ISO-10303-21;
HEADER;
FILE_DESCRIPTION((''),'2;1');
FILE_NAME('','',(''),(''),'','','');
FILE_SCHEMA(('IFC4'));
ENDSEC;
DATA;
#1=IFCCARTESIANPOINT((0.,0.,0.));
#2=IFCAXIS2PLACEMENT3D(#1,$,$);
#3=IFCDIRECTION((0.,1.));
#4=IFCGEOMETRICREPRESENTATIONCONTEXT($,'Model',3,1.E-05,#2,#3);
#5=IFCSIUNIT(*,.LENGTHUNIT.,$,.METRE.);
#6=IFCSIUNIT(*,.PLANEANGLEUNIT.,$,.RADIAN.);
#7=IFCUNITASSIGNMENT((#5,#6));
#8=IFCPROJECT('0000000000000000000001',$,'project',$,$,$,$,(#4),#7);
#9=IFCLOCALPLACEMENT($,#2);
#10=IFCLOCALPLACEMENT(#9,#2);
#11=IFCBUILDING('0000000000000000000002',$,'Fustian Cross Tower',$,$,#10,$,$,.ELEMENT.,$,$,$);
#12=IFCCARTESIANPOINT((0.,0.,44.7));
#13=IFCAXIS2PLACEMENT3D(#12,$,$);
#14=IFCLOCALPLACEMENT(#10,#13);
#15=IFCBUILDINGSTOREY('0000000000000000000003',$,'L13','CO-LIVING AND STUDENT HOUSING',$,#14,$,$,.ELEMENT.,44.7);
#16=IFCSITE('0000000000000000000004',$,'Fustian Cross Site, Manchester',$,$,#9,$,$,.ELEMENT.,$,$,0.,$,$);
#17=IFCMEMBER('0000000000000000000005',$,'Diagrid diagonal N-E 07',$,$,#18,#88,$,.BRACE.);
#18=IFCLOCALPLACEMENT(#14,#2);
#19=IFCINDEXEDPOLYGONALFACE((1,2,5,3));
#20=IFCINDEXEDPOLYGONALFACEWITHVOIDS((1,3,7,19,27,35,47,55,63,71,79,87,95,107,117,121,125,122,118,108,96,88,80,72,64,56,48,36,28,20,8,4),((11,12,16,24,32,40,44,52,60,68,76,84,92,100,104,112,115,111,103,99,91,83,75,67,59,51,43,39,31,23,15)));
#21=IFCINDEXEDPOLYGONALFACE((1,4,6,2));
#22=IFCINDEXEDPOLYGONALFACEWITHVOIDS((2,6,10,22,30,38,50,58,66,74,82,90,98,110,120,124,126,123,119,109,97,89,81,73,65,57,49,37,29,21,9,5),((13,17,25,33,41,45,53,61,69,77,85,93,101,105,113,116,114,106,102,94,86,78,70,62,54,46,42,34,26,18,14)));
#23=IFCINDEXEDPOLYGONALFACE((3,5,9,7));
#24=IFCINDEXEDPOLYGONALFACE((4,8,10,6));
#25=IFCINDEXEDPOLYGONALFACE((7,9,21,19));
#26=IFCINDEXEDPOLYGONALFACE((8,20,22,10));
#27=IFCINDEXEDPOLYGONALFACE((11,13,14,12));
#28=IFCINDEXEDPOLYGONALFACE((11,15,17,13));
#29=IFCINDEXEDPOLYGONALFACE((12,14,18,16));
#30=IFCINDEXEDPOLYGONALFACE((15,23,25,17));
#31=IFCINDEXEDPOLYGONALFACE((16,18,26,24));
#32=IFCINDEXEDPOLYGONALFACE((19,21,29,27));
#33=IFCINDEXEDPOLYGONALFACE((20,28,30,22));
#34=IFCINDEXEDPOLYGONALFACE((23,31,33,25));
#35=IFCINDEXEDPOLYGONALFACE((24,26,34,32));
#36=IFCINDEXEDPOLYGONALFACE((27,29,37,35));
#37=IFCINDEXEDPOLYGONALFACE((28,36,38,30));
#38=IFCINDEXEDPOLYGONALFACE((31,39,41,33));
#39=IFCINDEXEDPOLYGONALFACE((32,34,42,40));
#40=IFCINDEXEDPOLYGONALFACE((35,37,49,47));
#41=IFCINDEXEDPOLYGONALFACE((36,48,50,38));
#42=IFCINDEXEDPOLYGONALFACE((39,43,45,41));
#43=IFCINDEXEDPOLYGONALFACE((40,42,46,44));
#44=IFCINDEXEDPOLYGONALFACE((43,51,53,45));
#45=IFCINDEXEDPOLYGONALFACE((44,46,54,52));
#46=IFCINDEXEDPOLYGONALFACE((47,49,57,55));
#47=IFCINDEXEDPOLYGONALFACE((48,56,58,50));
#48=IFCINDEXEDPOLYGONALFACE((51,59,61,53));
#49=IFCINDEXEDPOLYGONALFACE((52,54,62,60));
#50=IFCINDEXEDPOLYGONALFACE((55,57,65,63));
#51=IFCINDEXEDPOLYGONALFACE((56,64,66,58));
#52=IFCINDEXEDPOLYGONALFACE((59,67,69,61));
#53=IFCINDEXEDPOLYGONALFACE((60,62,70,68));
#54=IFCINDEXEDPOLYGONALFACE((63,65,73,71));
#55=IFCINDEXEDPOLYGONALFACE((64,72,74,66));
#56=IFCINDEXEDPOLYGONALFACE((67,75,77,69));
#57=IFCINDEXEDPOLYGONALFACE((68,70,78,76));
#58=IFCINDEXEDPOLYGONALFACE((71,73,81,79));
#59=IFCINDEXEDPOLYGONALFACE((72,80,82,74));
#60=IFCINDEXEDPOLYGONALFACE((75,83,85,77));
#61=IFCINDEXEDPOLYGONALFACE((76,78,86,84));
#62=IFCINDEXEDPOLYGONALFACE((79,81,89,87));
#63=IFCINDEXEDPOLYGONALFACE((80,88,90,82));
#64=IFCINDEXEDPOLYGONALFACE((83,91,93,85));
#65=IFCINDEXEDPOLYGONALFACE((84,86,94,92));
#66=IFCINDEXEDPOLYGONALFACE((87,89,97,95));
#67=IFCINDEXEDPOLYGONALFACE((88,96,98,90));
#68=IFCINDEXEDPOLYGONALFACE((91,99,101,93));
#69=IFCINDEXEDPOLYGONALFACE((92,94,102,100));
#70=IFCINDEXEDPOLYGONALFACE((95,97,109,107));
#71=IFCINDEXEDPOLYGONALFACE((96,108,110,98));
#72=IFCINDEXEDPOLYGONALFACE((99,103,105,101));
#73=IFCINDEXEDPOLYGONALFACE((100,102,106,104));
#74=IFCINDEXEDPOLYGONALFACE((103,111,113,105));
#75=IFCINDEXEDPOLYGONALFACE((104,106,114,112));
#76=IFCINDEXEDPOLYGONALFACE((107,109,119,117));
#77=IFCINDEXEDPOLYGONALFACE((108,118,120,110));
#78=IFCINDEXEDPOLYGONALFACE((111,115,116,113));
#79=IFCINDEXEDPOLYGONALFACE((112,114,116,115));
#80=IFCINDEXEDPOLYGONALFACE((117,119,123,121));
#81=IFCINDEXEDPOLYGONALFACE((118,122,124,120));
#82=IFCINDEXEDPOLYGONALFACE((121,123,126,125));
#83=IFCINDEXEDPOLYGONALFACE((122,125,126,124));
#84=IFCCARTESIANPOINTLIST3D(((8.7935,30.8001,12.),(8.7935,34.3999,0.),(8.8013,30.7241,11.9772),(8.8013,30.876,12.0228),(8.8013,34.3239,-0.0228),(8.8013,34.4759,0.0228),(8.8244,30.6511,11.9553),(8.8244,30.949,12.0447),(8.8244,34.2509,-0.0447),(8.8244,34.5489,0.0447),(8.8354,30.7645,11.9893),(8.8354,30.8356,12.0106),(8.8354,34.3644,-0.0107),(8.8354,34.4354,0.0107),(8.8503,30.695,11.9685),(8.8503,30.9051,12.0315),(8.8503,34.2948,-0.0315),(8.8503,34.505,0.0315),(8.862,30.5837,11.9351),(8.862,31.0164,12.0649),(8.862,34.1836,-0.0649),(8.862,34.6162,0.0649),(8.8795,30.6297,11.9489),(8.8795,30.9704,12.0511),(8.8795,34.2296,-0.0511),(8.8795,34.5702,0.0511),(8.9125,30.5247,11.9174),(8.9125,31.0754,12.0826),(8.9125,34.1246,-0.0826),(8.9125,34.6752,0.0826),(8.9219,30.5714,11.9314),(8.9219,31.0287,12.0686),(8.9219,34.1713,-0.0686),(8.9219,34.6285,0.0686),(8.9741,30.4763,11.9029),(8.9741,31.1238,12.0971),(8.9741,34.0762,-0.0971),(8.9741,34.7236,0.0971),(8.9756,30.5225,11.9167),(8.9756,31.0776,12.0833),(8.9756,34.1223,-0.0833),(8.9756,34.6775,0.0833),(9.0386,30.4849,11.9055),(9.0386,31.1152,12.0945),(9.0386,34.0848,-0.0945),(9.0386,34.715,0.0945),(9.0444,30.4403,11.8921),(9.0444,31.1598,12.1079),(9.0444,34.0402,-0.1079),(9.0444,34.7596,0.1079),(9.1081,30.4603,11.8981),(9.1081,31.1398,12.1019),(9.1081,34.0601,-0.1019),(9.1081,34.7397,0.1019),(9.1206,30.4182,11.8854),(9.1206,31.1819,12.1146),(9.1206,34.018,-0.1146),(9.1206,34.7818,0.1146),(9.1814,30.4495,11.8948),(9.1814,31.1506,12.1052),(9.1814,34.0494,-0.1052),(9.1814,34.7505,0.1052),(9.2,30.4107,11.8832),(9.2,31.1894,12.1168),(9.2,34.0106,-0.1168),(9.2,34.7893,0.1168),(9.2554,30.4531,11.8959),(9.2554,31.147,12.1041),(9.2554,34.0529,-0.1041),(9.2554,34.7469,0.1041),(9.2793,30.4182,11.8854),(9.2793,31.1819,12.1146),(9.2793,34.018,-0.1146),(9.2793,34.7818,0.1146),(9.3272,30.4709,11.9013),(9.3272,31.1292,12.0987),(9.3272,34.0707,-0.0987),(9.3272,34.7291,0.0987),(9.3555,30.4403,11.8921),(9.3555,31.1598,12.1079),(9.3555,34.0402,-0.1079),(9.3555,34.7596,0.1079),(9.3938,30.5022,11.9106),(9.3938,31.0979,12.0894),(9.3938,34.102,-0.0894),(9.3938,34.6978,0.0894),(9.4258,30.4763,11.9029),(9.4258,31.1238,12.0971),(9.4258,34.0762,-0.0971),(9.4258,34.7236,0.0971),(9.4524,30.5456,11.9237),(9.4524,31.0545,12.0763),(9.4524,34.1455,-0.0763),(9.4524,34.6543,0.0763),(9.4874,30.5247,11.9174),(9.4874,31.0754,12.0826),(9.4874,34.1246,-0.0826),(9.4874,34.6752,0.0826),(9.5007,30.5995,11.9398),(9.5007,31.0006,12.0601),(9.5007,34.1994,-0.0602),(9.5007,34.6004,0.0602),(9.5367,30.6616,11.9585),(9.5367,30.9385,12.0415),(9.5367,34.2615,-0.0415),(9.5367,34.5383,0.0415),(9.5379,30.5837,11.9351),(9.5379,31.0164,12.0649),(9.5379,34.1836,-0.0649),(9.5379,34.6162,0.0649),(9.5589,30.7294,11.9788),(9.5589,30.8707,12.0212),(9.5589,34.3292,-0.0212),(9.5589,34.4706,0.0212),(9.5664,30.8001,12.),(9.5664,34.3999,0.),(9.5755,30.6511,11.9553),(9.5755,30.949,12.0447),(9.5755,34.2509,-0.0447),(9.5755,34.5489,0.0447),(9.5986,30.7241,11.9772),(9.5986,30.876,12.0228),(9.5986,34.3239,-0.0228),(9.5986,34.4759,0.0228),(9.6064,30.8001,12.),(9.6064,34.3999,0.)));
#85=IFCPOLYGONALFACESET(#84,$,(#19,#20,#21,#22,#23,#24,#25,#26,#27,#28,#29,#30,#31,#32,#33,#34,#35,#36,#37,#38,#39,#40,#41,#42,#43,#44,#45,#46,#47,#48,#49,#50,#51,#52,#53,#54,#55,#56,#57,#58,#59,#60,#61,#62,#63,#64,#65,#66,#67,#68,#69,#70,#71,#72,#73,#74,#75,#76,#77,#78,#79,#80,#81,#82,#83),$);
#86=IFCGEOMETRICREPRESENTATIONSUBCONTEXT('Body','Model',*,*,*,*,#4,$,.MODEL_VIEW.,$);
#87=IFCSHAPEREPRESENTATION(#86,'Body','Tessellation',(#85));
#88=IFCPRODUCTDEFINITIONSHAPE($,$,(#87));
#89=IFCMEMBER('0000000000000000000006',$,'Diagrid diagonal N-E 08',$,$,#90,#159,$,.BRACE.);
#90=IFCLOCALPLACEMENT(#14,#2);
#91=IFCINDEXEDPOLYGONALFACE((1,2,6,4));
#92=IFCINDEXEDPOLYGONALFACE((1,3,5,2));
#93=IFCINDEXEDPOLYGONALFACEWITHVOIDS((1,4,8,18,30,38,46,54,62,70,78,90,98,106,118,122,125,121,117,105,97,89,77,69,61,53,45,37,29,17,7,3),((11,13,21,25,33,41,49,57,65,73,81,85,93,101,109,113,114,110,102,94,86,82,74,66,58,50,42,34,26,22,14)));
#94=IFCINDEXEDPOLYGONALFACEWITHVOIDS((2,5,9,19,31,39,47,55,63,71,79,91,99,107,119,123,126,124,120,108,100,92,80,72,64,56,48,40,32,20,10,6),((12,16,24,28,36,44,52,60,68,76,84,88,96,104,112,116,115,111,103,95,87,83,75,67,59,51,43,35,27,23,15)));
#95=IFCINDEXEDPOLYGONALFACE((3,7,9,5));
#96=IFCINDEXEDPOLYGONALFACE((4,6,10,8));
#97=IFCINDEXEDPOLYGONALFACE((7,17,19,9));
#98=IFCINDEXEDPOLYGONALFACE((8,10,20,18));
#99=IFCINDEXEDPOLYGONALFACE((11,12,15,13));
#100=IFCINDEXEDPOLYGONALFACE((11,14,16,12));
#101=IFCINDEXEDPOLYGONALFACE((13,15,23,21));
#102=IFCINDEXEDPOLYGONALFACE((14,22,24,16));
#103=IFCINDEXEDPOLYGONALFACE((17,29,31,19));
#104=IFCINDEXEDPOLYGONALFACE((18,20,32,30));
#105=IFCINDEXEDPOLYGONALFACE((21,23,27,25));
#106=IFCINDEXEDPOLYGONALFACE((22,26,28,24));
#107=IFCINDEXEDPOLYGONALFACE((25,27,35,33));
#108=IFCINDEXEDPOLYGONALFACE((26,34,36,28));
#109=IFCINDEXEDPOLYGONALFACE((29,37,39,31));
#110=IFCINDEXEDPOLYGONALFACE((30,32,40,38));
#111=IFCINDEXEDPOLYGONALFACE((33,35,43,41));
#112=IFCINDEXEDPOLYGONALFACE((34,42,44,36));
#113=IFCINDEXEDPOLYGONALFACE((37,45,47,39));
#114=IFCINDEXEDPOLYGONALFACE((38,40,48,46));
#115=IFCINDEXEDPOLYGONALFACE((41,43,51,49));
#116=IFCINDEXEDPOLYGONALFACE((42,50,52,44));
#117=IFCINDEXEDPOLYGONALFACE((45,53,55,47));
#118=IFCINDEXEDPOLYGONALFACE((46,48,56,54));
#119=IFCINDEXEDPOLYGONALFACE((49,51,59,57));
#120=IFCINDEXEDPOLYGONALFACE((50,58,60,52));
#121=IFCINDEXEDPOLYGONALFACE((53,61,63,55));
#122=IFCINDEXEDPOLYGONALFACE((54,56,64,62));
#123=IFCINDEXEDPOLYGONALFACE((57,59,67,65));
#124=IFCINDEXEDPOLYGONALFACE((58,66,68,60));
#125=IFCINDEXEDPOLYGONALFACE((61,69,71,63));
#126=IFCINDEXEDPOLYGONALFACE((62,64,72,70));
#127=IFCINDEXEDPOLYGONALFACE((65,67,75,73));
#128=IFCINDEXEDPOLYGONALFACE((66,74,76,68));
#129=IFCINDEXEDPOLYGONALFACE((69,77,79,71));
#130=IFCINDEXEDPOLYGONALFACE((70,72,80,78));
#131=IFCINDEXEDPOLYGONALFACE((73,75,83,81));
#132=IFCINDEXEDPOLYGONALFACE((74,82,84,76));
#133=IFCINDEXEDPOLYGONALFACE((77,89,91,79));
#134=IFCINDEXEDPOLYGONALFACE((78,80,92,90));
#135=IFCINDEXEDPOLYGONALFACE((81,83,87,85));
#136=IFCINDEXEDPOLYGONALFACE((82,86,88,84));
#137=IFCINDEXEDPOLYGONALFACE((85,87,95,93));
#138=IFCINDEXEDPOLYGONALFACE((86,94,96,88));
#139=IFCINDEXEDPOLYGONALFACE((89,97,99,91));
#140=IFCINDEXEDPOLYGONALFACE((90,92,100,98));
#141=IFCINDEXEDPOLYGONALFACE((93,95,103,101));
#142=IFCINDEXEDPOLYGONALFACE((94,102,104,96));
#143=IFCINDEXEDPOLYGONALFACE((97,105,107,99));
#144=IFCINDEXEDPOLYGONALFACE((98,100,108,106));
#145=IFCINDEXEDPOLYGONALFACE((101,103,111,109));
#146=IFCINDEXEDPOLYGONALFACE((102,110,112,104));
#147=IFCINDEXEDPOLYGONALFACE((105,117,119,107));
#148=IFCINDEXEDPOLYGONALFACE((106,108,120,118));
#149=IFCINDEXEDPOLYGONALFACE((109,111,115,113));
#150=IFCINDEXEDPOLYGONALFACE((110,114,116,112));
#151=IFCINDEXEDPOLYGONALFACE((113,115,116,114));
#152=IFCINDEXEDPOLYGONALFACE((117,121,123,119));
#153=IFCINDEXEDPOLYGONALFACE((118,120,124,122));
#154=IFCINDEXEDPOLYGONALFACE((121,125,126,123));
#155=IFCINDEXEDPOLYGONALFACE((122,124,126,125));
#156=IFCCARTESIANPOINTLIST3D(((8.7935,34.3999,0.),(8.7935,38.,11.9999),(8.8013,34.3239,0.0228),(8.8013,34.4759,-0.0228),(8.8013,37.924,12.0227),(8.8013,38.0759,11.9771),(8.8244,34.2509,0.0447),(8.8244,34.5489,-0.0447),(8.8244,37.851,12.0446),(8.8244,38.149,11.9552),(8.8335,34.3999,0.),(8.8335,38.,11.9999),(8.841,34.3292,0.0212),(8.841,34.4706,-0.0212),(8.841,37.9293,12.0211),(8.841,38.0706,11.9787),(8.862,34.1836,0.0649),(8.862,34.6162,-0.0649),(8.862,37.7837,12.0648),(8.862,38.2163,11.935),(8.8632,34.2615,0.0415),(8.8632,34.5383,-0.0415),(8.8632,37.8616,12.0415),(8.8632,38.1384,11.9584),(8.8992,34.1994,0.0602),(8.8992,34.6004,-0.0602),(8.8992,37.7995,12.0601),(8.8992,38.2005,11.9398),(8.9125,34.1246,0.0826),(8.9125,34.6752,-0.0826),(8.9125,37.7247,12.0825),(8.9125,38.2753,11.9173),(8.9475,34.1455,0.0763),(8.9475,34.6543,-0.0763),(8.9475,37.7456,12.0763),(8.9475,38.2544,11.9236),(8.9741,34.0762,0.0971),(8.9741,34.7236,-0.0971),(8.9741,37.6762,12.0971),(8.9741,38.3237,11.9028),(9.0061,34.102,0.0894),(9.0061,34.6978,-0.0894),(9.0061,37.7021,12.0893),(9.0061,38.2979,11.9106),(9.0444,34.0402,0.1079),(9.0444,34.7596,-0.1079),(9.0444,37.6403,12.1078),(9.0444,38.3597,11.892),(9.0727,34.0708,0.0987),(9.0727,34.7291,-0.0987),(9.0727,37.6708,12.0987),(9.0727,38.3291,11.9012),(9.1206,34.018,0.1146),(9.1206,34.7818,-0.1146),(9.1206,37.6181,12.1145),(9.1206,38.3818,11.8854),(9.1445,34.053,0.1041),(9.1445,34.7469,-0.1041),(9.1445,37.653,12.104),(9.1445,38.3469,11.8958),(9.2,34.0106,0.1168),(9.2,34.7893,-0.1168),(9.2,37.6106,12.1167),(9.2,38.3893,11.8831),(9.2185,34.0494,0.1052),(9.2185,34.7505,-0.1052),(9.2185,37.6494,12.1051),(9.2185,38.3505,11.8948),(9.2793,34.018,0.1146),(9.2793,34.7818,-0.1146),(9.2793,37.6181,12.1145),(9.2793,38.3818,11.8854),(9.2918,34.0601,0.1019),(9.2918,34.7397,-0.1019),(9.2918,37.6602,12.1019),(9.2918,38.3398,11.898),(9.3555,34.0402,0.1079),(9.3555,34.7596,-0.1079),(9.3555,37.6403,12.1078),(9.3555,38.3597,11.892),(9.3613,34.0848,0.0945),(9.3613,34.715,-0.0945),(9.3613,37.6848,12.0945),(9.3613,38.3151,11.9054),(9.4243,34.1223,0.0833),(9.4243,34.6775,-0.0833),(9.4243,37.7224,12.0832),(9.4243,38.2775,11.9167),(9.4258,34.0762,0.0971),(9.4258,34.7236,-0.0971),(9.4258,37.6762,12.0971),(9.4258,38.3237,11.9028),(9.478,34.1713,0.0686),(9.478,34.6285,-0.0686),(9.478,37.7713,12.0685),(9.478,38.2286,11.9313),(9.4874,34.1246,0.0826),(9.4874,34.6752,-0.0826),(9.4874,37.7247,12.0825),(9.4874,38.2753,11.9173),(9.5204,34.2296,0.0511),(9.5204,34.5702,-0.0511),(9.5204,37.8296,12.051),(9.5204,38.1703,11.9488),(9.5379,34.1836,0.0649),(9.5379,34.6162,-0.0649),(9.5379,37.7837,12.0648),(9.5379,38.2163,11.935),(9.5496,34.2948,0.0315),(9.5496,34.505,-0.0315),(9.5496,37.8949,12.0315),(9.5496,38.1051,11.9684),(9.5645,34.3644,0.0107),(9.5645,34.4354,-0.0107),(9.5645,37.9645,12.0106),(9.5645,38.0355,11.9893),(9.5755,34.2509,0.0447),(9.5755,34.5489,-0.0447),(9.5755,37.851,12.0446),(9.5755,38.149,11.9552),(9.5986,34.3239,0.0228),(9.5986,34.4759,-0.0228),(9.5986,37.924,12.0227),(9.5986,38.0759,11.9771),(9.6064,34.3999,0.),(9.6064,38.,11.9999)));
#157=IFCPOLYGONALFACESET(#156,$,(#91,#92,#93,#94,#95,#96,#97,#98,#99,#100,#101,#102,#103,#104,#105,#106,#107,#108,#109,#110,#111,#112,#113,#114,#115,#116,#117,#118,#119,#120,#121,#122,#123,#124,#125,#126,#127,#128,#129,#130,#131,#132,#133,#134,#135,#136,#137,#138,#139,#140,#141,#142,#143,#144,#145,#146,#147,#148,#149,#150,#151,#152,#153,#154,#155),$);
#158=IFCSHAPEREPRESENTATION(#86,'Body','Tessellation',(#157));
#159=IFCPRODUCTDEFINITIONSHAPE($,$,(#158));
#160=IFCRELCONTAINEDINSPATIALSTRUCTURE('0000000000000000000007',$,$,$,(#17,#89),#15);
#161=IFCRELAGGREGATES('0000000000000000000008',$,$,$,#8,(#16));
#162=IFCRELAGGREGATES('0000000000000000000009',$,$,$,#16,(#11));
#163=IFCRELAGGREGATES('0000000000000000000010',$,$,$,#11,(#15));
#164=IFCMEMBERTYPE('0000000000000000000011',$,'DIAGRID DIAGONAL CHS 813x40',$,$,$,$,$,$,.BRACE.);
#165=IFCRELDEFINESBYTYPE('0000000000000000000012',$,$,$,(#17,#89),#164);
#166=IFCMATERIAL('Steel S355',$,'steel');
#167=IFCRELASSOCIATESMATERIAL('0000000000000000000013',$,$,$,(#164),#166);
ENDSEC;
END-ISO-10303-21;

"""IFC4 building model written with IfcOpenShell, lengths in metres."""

from ifc_helpers import new_model, si_unit, direction, frame, origin, origin_2d, place, context, subcontext, project, spatial, hollow_circle, extrude, material, material_profile, profile_set, type_object, element, save


model = new_model("IFC4")

# Units and contexts
model_context = context("Model", 3, precision=1e-05, world=origin(), true_north=direction((0.0, 1.0)))
body_context = subcontext(model_context, "Body", "Model", "MODEL_VIEW")
ifc_project = project(units=[si_unit("LENGTHUNIT", "METRE"), si_unit("PLANEANGLEUNIT", "RADIAN")], contexts=[model_context])

# Site, building, storey
site_placement = place(None, origin())
site = spatial("IfcSite", under=ifc_project, at=site_placement, Name="Fustian Cross Site, Manchester", CompositionType="ELEMENT", RefElevation=0.0)
building_placement = place(site_placement, origin())
building = spatial("IfcBuilding", under=site, at=building_placement, Name="Fustian Cross Tower", CompositionType="ELEMENT")
storey_placement = place(building_placement, frame((0.0, 0.0, 44.7)))
storey = spatial("IfcBuildingStorey", under=building, at=storey_placement, Name="L13", Description="CO-LIVING AND STUDENT HOUSING", CompositionType="ELEMENT", Elevation=44.7)

# Members
ifc_material_1 = material(Name="Steel S355", Category="steel")
ifc_material_profile_1 = material_profile(ifc_material_1, hollow_circle(Radius=0.4065, WallThickness=0.04, at=origin_2d()), Name="CHS 813x40")
ifc_profile_set_1 = profile_set([ifc_material_profile_1], Name="Steel S355")
member_type_1 = type_object("IfcMemberType", Name="DIAGRID DIAGONAL CHS 813x40", PredefinedType="BRACE", material=ifc_profile_set_1)
for number, where, z_axis, x_axis, name in (
    (1, (9.2, 34.3999, 0.0), (0.0, -0.287337, 0.95783), (1.0, 0.0, 0.0), "Diagrid diagonal N-E 07"),
    (2, (9.2, 34.3999, 0.0), (0.0, 0.287355, 0.957824), (-1.0, 0.0, 0.0), "Diagrid diagonal N-E 08"),
):
    element("IfcMember", number, at=place(storey_placement, frame(where, z_axis=z_axis, x_axis=x_axis)), inside=storey, type_object=member_type_1, Name=name, PredefinedType="BRACE", context=body_context, shape_type="SweptSolid", body=[
        extrude(hollow_circle(Radius=0.4065, WallThickness=0.04, at=origin_2d()), origin(), (0.0, 0.0, 1.0), 12.5283),
    ])

save(model, "model.ifc")
